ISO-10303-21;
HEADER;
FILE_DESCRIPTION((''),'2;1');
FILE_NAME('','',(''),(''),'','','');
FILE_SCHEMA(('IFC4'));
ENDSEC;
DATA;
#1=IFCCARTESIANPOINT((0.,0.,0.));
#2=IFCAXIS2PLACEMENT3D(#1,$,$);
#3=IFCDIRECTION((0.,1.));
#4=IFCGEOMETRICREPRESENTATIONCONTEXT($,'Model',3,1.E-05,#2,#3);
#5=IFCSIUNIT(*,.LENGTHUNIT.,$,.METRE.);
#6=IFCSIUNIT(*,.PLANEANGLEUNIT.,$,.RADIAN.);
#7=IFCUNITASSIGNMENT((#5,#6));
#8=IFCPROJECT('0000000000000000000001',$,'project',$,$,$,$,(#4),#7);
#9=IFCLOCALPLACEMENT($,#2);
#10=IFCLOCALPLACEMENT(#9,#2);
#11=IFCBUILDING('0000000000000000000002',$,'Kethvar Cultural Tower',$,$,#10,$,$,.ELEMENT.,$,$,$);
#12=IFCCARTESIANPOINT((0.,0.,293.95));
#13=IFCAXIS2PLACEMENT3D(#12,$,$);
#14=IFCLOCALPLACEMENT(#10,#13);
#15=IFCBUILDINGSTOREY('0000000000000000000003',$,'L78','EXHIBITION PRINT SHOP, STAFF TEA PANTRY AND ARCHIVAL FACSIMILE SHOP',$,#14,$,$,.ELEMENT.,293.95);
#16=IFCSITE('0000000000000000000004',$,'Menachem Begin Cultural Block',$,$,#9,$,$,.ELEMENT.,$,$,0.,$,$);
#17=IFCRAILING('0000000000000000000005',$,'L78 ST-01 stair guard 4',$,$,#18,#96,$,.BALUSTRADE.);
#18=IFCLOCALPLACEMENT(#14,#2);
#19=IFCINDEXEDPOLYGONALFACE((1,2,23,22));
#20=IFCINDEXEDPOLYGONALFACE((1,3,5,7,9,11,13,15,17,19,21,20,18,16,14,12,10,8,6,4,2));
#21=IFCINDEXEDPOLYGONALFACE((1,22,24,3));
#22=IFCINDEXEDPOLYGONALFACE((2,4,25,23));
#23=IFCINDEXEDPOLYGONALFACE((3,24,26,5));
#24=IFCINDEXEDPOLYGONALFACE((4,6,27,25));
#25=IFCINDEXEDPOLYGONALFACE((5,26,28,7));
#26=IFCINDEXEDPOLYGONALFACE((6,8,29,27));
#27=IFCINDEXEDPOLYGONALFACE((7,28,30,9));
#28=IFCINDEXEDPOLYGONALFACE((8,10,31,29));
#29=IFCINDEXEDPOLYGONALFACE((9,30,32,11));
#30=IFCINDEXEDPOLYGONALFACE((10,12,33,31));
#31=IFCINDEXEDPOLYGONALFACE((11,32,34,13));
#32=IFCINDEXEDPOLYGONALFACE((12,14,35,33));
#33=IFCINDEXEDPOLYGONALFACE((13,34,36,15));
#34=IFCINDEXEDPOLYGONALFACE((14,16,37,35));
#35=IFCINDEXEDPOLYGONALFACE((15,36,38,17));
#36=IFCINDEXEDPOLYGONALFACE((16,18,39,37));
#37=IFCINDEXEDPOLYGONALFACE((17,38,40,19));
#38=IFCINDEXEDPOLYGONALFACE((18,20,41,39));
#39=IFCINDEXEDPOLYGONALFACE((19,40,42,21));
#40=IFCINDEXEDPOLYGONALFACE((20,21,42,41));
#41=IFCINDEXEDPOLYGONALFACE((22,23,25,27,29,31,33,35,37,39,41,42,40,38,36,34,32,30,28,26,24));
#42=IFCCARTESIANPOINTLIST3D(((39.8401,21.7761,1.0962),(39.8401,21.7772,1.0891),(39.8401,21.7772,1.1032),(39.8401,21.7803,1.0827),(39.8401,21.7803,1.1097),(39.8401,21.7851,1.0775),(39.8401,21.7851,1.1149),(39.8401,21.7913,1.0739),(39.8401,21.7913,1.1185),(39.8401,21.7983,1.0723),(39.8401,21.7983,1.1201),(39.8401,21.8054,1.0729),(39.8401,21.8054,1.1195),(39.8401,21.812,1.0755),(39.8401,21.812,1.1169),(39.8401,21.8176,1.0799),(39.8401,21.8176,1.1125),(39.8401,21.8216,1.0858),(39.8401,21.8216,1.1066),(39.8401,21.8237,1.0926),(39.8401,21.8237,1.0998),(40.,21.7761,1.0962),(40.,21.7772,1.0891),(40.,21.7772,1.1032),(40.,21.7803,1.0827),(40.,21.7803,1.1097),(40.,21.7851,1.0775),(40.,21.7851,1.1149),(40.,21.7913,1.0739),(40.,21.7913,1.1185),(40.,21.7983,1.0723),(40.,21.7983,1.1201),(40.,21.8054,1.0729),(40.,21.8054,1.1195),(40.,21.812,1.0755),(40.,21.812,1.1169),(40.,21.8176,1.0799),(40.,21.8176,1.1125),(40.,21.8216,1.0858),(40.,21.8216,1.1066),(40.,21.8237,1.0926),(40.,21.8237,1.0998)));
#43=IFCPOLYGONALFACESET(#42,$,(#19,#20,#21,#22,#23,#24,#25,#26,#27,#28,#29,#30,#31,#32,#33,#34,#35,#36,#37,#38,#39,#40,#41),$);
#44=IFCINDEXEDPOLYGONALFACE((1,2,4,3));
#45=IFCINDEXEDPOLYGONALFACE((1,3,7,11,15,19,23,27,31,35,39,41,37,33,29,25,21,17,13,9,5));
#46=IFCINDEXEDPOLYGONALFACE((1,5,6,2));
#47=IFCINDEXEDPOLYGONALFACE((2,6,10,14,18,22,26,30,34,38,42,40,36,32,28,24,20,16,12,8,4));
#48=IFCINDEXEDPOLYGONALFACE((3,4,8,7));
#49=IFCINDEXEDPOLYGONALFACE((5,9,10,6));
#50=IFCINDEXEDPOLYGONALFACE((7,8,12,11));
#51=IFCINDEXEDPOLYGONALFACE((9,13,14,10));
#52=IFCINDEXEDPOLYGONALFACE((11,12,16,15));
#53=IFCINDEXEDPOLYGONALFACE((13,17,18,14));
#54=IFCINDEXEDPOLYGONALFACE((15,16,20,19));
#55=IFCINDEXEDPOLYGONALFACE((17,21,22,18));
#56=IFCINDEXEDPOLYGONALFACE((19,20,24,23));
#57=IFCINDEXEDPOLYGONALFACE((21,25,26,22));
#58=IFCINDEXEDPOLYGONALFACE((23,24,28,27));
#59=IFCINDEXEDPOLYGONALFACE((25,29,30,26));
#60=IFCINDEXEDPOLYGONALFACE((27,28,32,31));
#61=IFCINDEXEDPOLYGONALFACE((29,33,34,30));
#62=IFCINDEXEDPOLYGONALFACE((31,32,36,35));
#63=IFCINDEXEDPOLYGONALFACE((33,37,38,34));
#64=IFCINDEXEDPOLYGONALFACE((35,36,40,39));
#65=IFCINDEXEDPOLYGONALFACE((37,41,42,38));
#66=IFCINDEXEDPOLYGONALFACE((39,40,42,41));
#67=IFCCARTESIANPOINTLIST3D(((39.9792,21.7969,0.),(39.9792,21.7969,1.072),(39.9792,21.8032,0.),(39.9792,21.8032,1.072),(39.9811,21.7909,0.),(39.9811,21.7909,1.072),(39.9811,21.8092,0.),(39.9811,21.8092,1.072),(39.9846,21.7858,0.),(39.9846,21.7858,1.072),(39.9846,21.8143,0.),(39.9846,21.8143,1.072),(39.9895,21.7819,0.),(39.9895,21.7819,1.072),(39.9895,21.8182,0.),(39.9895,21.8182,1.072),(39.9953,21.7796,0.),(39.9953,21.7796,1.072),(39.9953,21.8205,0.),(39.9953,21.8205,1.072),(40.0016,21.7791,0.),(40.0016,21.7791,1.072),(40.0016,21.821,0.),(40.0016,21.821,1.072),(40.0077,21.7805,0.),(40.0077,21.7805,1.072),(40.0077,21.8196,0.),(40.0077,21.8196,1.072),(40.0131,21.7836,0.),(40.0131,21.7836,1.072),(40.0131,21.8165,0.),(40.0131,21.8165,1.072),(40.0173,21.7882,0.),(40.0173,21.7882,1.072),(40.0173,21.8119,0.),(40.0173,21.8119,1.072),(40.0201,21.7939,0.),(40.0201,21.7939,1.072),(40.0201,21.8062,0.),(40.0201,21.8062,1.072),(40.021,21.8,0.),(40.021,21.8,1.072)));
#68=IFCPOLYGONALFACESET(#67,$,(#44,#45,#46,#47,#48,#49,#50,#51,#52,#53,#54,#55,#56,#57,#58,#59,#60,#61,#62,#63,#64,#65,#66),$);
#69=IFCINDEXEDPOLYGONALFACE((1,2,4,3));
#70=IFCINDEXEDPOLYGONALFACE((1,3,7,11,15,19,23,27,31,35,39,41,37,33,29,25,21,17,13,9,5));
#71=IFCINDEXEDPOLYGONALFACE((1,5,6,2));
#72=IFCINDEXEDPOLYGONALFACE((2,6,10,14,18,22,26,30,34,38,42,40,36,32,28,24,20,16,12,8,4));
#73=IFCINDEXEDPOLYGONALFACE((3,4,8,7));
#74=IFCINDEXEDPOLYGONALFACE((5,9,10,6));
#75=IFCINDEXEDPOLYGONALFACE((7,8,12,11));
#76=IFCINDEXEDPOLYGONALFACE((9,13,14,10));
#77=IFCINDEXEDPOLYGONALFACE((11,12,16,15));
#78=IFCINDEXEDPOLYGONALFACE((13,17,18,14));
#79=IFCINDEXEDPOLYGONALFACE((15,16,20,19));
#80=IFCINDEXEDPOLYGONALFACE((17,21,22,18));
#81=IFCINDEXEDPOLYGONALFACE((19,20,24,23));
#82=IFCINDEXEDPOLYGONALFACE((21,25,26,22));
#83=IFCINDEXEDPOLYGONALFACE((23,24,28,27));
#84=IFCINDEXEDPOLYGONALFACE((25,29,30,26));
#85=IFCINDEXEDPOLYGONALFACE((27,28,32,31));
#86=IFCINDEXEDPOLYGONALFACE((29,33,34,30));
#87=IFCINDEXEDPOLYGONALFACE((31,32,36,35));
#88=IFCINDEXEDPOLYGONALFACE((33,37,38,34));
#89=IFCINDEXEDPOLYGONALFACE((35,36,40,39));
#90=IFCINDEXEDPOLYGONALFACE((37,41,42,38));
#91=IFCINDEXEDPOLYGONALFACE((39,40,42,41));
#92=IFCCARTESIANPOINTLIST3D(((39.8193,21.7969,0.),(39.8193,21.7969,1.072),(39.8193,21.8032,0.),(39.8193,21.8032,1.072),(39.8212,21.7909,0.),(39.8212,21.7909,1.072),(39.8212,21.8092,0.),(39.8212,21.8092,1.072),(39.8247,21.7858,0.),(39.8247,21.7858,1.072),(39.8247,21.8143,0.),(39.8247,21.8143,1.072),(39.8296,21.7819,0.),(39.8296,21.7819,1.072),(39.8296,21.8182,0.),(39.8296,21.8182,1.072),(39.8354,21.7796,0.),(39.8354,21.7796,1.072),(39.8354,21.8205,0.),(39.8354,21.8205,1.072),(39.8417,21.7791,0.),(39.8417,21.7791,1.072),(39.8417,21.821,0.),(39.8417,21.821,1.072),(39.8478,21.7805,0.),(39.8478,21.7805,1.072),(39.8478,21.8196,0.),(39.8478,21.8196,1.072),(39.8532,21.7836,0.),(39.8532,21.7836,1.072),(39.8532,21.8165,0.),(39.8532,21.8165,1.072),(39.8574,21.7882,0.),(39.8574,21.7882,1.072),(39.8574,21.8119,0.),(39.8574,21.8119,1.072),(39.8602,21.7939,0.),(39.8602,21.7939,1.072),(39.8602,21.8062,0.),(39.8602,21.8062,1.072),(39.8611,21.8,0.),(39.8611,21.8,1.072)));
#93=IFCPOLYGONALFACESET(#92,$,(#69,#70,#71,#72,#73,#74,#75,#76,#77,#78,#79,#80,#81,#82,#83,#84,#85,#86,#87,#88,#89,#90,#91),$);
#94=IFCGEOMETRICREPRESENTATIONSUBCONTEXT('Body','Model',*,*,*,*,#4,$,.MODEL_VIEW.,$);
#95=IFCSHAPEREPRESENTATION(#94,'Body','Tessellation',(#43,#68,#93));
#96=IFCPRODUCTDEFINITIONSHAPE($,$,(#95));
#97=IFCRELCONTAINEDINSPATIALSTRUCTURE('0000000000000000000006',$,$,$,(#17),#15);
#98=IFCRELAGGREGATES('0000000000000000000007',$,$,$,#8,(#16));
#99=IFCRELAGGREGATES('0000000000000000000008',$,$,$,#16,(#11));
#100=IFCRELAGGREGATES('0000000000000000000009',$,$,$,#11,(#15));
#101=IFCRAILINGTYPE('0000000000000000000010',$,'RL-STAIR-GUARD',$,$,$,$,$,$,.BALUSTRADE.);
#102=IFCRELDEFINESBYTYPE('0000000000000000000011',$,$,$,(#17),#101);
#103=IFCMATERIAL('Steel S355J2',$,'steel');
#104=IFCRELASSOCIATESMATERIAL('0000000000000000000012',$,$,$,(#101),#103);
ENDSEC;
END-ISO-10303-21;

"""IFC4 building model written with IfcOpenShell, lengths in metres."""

from ifc_helpers import new_model, si_unit, direction, frame, origin, origin_2d, place, context, subcontext, project, spatial, circle, extrude, material, type_object, element, save


model = new_model("IFC4")

# Units and contexts
model_context = context("Model", 3, precision=1e-05, world=origin(), true_north=direction((0.0, 1.0)))
body_context = subcontext(model_context, "Body", "Model", "MODEL_VIEW")
ifc_project = project(units=[si_unit("LENGTHUNIT", "METRE"), si_unit("PLANEANGLEUNIT", "RADIAN")], contexts=[model_context])

# Site, building, storey
site_placement = place(None, origin())
site = spatial("IfcSite", under=ifc_project, at=site_placement, Name="Menachem Begin Cultural Block", CompositionType="ELEMENT", RefElevation=0.0)
building_placement = place(site_placement, origin())
building = spatial("IfcBuilding", under=site, at=building_placement, Name="Kethvar Cultural Tower", CompositionType="ELEMENT")
storey_placement = place(building_placement, frame((0.0, 0.0, 293.95)))
storey = spatial("IfcBuildingStorey", under=building, at=storey_placement, Name="L78", Description="EXHIBITION PRINT SHOP, STAFF TEA PANTRY AND ARCHIVAL FACSIMILE SHOP", CompositionType="ELEMENT", Elevation=293.95)

# Shared definitions
ifc_material_1 = material(Name="Steel S355J2", Category="steel")

# Railing
railing_type_1 = type_object("IfcRailingType", Name="RL-STAIR-GUARD", PredefinedType="BALUSTRADE", material=ifc_material_1)
railing_1_placement = place(storey_placement, frame((40.0, 21.8, 0.0)))
element("IfcRailing", 1, at=railing_1_placement, inside=storey, type_object=railing_type_1, Name="L78 ST-01 stair guard 4", PredefinedType="BALUSTRADE", context=body_context, shape_type="SweptSolid", body=[
    extrude(circle(Radius=0.0239, at=origin_2d()), frame((0.0, 0.0, 1.0962), z_axis=(-1.0, 0.0, 0.0), x_axis=(0.0, -1.0, 0.0)), (0.0, 0.0, 1.0), 0.1599),
    extrude(circle(Radius=0.021, at=origin_2d()), origin(), (0.0, 0.0, 1.0), 1.072),
    extrude(circle(Radius=0.021, at=origin_2d()), frame((-0.1599, 0.0, 0.0)), (0.0, 0.0, 1.0), 1.072),
])

save(model, "model.ifc")
